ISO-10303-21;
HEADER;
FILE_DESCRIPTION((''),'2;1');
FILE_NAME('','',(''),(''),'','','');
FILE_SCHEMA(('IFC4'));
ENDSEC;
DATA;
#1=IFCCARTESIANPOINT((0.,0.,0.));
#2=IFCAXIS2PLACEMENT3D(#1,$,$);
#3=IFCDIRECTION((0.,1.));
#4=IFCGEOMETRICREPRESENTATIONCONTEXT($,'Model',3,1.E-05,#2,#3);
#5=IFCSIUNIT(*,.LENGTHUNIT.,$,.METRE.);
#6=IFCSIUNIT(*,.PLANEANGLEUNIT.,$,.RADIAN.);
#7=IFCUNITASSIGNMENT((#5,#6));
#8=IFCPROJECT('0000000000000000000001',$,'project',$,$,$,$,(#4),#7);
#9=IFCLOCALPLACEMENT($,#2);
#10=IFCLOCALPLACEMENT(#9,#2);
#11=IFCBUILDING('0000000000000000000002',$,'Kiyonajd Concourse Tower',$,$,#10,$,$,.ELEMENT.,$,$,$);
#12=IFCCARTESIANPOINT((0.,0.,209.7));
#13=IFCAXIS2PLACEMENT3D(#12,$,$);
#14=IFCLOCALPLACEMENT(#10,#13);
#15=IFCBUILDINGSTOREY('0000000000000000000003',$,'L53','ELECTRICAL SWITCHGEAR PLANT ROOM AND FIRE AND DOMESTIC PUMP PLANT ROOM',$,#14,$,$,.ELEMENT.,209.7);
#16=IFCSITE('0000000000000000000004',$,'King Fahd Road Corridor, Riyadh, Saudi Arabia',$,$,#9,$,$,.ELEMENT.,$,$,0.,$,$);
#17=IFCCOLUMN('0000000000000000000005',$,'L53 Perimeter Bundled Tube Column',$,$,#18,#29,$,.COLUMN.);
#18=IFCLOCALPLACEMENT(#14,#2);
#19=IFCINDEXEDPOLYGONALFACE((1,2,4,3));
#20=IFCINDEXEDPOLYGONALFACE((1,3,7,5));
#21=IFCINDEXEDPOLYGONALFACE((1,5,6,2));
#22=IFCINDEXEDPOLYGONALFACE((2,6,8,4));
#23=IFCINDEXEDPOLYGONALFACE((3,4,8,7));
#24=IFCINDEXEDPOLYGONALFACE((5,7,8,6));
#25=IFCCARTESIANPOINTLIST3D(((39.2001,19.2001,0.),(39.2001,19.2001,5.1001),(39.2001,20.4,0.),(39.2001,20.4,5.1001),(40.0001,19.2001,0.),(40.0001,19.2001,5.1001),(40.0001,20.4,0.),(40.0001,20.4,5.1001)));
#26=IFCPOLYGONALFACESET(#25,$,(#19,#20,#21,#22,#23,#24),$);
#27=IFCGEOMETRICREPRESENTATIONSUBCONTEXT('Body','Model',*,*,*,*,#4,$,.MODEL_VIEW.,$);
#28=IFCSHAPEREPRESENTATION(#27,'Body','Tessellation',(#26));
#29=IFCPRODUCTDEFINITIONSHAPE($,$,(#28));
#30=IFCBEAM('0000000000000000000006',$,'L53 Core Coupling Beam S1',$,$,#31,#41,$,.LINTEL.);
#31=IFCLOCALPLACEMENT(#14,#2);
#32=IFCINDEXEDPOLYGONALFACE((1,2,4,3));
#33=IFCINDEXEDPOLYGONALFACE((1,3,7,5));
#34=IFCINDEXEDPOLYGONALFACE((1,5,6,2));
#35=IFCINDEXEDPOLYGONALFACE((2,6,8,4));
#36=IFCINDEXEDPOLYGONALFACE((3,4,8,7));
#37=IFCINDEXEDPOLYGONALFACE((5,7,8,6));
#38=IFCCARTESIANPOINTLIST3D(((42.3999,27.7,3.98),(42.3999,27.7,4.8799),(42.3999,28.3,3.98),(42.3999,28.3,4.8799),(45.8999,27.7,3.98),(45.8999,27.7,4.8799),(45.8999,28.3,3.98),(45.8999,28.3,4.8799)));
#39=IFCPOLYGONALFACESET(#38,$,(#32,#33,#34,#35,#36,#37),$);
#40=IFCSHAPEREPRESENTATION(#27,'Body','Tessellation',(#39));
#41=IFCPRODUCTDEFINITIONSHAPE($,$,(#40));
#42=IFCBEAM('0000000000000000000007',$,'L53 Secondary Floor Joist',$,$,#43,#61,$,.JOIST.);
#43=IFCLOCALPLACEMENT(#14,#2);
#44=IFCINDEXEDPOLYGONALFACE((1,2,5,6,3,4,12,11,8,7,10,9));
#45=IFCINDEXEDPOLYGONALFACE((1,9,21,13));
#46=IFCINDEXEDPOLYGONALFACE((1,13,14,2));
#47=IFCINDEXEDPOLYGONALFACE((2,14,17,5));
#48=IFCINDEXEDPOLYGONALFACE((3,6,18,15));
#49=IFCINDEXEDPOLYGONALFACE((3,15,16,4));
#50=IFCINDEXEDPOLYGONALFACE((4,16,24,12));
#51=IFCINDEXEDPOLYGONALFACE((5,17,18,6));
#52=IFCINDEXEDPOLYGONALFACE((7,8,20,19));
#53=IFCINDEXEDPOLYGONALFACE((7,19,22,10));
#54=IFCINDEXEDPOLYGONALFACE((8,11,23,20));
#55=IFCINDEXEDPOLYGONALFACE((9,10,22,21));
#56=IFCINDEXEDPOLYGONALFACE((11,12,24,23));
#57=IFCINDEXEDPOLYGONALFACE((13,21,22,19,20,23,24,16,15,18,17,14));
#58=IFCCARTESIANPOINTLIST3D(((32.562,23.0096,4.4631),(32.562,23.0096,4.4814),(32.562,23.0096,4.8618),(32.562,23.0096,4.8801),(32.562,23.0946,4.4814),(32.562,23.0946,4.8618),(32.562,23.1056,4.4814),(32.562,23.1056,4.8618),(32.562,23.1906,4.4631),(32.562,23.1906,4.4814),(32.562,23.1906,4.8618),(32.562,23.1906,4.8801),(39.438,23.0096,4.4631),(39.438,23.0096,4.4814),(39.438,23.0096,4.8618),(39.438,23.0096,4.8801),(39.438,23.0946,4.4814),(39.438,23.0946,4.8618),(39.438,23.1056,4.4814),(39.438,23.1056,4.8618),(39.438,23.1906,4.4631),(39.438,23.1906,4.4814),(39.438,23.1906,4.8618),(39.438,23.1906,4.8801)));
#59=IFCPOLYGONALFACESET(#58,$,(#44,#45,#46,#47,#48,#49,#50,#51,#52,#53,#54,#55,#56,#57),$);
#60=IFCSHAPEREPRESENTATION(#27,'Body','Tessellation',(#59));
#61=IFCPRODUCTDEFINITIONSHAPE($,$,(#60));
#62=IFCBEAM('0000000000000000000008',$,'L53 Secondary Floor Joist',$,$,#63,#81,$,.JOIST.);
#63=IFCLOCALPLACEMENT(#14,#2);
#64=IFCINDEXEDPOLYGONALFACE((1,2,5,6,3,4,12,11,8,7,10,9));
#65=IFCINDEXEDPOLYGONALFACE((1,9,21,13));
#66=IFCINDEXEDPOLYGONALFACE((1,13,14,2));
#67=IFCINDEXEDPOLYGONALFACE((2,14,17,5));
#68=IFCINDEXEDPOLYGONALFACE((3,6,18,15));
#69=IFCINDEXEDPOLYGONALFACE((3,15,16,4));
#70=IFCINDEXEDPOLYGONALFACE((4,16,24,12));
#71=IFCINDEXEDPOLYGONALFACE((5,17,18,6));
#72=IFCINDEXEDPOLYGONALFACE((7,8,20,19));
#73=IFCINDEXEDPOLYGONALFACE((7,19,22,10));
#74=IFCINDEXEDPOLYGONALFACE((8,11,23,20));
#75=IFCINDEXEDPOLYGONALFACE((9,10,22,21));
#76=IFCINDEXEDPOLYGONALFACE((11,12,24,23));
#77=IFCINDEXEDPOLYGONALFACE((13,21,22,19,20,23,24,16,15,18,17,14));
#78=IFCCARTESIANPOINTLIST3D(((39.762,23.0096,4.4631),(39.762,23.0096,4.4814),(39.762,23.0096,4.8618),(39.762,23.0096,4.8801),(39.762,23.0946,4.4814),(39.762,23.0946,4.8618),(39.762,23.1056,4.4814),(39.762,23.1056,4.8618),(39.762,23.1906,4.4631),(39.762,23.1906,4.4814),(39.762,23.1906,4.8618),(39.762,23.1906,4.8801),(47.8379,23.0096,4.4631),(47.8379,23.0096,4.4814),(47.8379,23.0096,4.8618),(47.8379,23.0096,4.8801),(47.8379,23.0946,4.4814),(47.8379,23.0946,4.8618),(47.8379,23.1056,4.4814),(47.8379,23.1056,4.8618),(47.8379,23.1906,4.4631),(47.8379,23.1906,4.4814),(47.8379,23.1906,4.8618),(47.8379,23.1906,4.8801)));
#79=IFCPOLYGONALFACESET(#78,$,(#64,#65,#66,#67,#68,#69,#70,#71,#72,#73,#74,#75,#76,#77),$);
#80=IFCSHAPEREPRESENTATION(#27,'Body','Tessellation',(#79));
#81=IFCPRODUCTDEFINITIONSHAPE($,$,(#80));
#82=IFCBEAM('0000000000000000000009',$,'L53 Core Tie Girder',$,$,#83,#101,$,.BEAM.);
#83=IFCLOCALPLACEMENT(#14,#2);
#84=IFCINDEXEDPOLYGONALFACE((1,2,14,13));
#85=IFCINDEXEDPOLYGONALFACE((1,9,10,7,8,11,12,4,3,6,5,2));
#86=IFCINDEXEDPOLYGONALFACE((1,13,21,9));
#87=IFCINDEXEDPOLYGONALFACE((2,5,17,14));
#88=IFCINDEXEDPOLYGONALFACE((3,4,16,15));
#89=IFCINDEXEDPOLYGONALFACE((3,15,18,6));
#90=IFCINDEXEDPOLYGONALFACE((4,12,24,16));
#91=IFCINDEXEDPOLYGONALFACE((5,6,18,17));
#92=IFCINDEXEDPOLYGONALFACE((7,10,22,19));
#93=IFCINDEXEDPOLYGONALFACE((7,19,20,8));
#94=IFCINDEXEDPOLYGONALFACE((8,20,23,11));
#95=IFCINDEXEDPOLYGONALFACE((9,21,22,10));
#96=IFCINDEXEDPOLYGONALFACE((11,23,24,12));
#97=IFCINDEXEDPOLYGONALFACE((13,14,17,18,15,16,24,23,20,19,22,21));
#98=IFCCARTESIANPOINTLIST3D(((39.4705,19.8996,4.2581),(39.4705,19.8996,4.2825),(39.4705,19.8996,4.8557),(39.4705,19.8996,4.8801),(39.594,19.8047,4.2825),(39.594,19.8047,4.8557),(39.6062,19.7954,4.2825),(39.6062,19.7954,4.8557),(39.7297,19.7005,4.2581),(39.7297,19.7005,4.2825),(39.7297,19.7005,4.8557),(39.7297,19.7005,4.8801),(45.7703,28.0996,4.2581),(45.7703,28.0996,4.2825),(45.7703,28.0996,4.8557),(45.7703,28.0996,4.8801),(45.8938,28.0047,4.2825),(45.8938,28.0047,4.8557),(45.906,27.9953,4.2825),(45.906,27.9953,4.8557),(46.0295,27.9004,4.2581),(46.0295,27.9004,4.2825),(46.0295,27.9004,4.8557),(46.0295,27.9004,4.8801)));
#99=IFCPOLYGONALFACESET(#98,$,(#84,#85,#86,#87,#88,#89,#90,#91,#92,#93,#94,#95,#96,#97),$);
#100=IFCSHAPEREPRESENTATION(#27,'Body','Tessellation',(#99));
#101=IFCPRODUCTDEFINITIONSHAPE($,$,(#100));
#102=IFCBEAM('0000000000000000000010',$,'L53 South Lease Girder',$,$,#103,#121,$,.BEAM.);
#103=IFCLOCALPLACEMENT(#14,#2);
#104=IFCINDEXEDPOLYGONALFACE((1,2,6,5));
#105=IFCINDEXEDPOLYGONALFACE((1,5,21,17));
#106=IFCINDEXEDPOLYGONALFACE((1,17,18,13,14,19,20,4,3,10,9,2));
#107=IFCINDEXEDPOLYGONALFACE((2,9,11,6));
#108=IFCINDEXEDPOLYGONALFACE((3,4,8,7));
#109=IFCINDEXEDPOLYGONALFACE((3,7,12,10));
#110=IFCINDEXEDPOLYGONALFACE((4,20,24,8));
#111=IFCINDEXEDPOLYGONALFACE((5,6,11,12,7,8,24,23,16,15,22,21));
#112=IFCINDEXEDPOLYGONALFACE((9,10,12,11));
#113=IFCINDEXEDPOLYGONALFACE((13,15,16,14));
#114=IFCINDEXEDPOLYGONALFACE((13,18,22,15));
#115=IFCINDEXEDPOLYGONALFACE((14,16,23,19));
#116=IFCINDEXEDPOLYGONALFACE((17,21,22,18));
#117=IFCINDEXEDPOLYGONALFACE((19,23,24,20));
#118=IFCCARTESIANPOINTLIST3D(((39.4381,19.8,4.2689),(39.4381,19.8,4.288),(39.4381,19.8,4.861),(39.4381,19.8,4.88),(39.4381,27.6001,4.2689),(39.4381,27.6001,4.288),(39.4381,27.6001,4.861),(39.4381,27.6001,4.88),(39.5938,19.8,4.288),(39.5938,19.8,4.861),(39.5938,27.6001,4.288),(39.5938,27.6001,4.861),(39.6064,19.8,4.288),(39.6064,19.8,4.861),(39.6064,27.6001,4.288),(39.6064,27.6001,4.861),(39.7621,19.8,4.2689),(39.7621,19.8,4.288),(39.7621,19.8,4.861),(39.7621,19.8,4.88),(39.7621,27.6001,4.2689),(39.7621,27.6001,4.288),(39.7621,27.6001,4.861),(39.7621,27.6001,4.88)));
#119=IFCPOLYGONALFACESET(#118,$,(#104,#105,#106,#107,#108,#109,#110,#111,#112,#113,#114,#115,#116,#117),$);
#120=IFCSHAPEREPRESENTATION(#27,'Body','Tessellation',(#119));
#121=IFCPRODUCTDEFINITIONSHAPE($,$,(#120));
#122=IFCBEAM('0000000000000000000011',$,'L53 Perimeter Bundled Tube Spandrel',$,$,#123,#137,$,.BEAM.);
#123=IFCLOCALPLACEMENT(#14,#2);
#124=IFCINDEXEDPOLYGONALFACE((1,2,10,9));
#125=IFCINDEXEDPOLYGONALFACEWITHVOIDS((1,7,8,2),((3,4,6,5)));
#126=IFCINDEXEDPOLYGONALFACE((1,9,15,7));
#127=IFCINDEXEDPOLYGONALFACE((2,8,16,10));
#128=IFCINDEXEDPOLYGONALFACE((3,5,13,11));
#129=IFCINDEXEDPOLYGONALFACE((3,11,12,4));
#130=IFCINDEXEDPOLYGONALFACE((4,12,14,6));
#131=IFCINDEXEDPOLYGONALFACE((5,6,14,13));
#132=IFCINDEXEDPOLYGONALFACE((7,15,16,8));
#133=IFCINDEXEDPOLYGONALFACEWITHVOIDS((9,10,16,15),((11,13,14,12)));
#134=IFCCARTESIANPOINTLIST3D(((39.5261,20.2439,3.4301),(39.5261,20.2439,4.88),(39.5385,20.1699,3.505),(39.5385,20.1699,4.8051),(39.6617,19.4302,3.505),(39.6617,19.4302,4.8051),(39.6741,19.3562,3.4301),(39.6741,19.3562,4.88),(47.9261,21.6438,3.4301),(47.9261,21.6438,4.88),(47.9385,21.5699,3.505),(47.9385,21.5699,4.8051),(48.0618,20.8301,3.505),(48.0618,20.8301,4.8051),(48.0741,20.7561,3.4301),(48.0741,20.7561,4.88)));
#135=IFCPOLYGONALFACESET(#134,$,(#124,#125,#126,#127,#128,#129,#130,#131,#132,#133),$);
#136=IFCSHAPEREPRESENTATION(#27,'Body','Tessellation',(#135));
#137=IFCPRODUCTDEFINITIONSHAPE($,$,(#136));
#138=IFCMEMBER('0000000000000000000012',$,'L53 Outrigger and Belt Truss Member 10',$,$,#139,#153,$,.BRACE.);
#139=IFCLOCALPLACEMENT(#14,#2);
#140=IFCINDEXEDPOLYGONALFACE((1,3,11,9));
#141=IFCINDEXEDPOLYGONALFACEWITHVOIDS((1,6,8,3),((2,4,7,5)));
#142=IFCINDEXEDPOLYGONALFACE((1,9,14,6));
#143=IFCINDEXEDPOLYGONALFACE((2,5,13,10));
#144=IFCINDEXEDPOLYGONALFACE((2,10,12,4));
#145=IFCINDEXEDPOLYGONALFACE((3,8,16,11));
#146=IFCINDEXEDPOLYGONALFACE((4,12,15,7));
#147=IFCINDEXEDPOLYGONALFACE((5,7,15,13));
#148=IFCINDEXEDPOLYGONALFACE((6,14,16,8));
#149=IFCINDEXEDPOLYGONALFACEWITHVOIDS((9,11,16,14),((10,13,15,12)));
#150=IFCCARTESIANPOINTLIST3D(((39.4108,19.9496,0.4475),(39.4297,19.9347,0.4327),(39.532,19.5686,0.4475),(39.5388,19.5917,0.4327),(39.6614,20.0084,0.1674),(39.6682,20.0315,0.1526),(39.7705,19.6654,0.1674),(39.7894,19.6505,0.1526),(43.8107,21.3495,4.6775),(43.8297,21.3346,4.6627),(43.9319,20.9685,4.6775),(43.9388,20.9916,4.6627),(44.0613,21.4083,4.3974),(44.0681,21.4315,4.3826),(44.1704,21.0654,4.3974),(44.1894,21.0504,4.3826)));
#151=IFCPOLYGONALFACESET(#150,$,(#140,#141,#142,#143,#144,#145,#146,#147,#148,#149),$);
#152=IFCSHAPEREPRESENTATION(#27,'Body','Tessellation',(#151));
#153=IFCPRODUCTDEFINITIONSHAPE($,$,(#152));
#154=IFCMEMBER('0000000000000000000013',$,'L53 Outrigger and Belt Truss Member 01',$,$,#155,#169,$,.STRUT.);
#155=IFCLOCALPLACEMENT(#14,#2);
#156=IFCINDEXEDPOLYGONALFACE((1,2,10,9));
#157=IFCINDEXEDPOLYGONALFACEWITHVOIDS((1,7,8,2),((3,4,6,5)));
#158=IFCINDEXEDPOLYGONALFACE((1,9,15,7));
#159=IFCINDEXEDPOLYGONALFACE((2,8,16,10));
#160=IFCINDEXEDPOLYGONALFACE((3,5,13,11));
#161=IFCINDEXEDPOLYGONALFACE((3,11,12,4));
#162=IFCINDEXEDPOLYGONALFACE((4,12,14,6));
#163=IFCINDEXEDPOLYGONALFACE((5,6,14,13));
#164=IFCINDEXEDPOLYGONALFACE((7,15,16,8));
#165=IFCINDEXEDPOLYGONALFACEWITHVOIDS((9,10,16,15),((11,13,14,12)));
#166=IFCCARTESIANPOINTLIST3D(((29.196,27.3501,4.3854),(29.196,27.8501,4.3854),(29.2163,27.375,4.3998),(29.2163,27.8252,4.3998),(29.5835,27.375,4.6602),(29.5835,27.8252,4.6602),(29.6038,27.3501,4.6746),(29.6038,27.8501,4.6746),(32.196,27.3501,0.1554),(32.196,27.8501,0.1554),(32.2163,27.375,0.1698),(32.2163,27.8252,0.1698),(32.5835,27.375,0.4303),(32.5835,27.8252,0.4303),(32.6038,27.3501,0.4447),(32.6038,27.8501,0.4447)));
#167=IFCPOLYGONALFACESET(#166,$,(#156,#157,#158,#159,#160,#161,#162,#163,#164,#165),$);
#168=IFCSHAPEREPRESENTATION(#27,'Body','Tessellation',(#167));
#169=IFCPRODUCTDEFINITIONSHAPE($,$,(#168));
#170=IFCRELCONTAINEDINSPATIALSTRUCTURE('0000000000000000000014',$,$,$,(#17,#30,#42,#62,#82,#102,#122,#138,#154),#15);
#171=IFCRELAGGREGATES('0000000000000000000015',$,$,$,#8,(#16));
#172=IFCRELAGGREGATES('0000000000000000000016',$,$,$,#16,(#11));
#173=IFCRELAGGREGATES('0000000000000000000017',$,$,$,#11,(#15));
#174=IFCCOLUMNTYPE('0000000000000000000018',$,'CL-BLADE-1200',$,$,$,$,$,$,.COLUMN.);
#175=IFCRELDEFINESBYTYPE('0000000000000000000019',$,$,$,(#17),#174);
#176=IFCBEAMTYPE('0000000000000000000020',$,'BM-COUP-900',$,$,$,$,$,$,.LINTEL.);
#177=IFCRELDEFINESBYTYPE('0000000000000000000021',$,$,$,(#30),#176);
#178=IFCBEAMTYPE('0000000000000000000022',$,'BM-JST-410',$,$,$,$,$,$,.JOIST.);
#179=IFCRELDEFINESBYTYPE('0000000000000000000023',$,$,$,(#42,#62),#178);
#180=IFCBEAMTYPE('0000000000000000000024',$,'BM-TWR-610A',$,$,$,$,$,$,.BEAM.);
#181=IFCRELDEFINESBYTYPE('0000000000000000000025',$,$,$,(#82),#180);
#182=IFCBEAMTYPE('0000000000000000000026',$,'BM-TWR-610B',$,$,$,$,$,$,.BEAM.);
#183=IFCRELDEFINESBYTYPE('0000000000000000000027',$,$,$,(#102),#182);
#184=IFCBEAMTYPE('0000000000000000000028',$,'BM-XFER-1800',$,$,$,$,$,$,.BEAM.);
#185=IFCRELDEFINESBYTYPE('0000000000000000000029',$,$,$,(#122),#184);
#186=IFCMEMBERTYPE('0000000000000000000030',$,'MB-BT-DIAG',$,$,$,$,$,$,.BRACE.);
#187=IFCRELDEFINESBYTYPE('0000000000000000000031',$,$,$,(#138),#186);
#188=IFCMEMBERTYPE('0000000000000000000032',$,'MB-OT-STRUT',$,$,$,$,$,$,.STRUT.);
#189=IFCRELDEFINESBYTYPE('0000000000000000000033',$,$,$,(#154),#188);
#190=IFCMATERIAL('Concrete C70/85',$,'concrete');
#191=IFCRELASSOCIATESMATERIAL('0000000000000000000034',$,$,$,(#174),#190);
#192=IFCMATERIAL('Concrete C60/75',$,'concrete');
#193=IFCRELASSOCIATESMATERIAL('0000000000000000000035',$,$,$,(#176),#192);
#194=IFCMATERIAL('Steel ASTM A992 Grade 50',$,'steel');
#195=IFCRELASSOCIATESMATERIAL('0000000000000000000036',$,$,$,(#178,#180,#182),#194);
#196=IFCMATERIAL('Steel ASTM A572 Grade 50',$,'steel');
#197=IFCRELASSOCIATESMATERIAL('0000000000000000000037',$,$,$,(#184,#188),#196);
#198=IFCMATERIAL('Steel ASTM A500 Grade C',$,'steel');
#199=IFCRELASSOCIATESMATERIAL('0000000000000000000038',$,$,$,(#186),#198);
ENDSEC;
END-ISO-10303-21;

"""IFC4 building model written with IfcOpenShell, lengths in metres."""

from ifc_helpers import new_model, si_unit, direction, frame, origin, origin_2d, place, context, subcontext, project, spatial, rectangle, hollow_rectangle, i_section, extrude, material, material_profile, profile_set, type_object, element, save


model = new_model("IFC4")

# Units and contexts
model_context = context("Model", 3, precision=1e-05, world=origin(), true_north=direction((0.0, 1.0)))
body_context = subcontext(model_context, "Body", "Model", "MODEL_VIEW")
ifc_project = project(units=[si_unit("LENGTHUNIT", "METRE"), si_unit("PLANEANGLEUNIT", "RADIAN")], contexts=[model_context])

# Site, building, storey
site_placement = place(None, origin())
site = spatial("IfcSite", under=ifc_project, at=site_placement, Name="King Fahd Road Corridor, Riyadh, Saudi Arabia", CompositionType="ELEMENT", RefElevation=0.0)
building_placement = place(site_placement, origin())
building = spatial("IfcBuilding", under=site, at=building_placement, Name="Kiyonajd Concourse Tower", CompositionType="ELEMENT")
storey_placement = place(building_placement, frame((0.0, 0.0, 209.7)))
storey = spatial("IfcBuildingStorey", under=building, at=storey_placement, Name="L53", Description="ELECTRICAL SWITCHGEAR PLANT ROOM AND FIRE AND DOMESTIC PUMP PLANT ROOM", CompositionType="ELEMENT", Elevation=209.7)

# Column
ifc_material_1 = material(Name="Concrete C70/85", Category="concrete")
ifc_material_profile_1 = material_profile(ifc_material_1, rectangle(XDim=0.8, YDim=1.2, at=origin_2d()), Name="RC-1200x800")
ifc_profile_set_1 = profile_set([ifc_material_profile_1], Name="Concrete C70/85")
column_type = type_object("IfcColumnType", Name="CL-BLADE-1200", PredefinedType="COLUMN", material=ifc_profile_set_1)
column_placement = place(storey_placement, frame((39.6001, 19.8, 0.0), z_axis=(0.0, 0.0, 1.0), x_axis=(1.0, 0.0, 0.0)))
element("IfcColumn", 1, at=column_placement, inside=storey, type_object=column_type, Name="L53 Perimeter Bundled Tube Column", PredefinedType="COLUMN", context=body_context, shape_type="SweptSolid", body=[
    extrude(rectangle(XDim=0.8, YDim=1.2, at=origin_2d()), origin(), (0.0, 0.0, 1.0), 5.1001),
])

# Beams
ifc_material_2 = material(Name="Concrete C60/75", Category="concrete")
ifc_material_profile_2 = material_profile(ifc_material_2, rectangle(XDim=0.6001, YDim=0.8999, at=origin_2d()), Name="RCBM-600x900")
ifc_profile_set_2 = profile_set([ifc_material_profile_2], Name="Concrete C60/75")
beam_type_1 = type_object("IfcBeamType", Name="BM-COUP-900", PredefinedType="LINTEL", material=ifc_profile_set_2)
beam_1_placement = place(storey_placement, frame((42.3999, 28.0, 4.4299), z_axis=(1.0, 0.0, 0.0), x_axis=(0.0, 1.0, 0.0)))
element("IfcBeam", 2, at=beam_1_placement, inside=storey, type_object=beam_type_1, Name="L53 Core Coupling Beam S1", PredefinedType="LINTEL", context=body_context, shape_type="SweptSolid", body=[
    extrude(rectangle(XDim=0.6001, YDim=0.8999, at=origin_2d()), origin(), (0.0, 0.0, 1.0), 3.5),
])
ifc_material_3 = material(Name="Steel ASTM A992 Grade 50", Category="steel")
ifc_material_profile_3 = material_profile(ifc_material_3, i_section(OverallWidth=0.1809, OverallDepth=0.417, WebThickness=0.011, FlangeThickness=0.0183, at=origin_2d()), Name="W410X85")
ifc_profile_set_3 = profile_set([ifc_material_profile_3], Name="Steel ASTM A992 Grade 50")
beam_type_2 = type_object("IfcBeamType", Name="BM-JST-410", PredefinedType="JOIST", material=ifc_profile_set_3)
beam_2_placement = place(storey_placement, frame((32.562, 23.1001, 4.6716), z_axis=(1.0, 0.0, 0.0), x_axis=(0.0, 1.0, 0.0)))
element("IfcBeam", 3, at=beam_2_placement, inside=storey, type_object=beam_type_2, Name="L53 Secondary Floor Joist", PredefinedType="JOIST", context=body_context, shape_type="SweptSolid", body=[
    extrude(i_section(OverallWidth=0.1809, OverallDepth=0.417, WebThickness=0.011, FlangeThickness=0.0183, at=origin_2d()), origin(), (0.0, 0.0, 1.0), 6.876),
])
beam_3_placement = place(storey_placement, frame((39.762, 23.1001, 4.6716), z_axis=(1.0, 0.0, 0.0), x_axis=(0.0, 1.0, 0.0)))
element("IfcBeam", 4, at=beam_3_placement, inside=storey, type_object=beam_type_2, Name="L53 Secondary Floor Joist", PredefinedType="JOIST", context=body_context, shape_type="SweptSolid", body=[
    extrude(i_section(OverallWidth=0.1809, OverallDepth=0.417, WebThickness=0.011, FlangeThickness=0.0183, at=origin_2d()), origin(), (0.0, 0.0, 1.0), 8.0759),
])
ifc_material_profile_4 = material_profile(ifc_material_3, i_section(OverallWidth=0.3269, OverallDepth=0.6221, WebThickness=0.0154, FlangeThickness=0.0244, at=origin_2d()), Name="W610X195")
ifc_profile_set_4 = profile_set([ifc_material_profile_4], Name="Steel ASTM A992 Grade 50")
beam_type_3 = type_object("IfcBeamType", Name="BM-TWR-610A", PredefinedType="BEAM", material=ifc_profile_set_4)
beam_4_placement = place(storey_placement, frame((39.6001, 19.8, 4.5691), z_axis=(0.609234, 0.792991, 0.0), x_axis=(-0.792991, 0.609234, 0.0)))
element("IfcBeam", 5, at=beam_4_placement, inside=storey, type_object=beam_type_3, Name="L53 Core Tie Girder", PredefinedType="BEAM", context=body_context, shape_type="SweptSolid", body=[
    extrude(i_section(OverallWidth=0.3269, OverallDepth=0.6221, WebThickness=0.0154, FlangeThickness=0.0244, at=origin_2d()), origin(), (0.0, 0.0, 1.0), 10.3406),
])
ifc_material_profile_5 = material_profile(ifc_material_3, i_section(OverallWidth=0.324, OverallDepth=0.6111, WebThickness=0.0127, FlangeThickness=0.019, at=origin_2d()), Name="W610X155")
ifc_profile_set_5 = profile_set([ifc_material_profile_5], Name="Steel ASTM A992 Grade 50")
beam_type_4 = type_object("IfcBeamType", Name="BM-TWR-610B", PredefinedType="BEAM", material=ifc_profile_set_5)
beam_5_placement = place(storey_placement, frame((39.6001, 19.8, 4.5745), z_axis=(0.0, 1.0, 0.0), x_axis=(-1.0, 0.0, 0.0)))
element("IfcBeam", 6, at=beam_5_placement, inside=storey, type_object=beam_type_4, Name="L53 South Lease Girder", PredefinedType="BEAM", context=body_context, shape_type="SweptSolid", body=[
    extrude(i_section(OverallWidth=0.324, OverallDepth=0.6111, WebThickness=0.0127, FlangeThickness=0.019, at=origin_2d()), origin(), (0.0, 0.0, 1.0), 7.8),
])
ifc_material_4 = material(Name="Steel ASTM A572 Grade 50", Category="steel")
ifc_material_profile_6 = material_profile(ifc_material_4, hollow_rectangle(XDim=0.8999, YDim=1.45, WallThickness=0.075, at=origin_2d()), Name="BOX-1450x900x75")
ifc_profile_set_6 = profile_set([ifc_material_profile_6], Name="Steel ASTM A572 Grade 50")
beam_type_5 = type_object("IfcBeamType", Name="BM-XFER-1800", PredefinedType="BEAM", material=ifc_profile_set_6)
beam_6_placement = place(storey_placement, frame((39.6001, 19.8, 4.155), z_axis=(0.986395, 0.16439, 0.0), x_axis=(-0.16439, 0.986395, 0.0)))
element("IfcBeam", 7, at=beam_6_placement, inside=storey, type_object=beam_type_5, Name="L53 Perimeter Bundled Tube Spandrel", PredefinedType="BEAM", context=body_context, shape_type="SweptSolid", body=[
    extrude(hollow_rectangle(XDim=0.8999, YDim=1.45, WallThickness=0.075, at=origin_2d()), origin(), (0.0, 0.0, 1.0), 8.5159),
])

# Members
ifc_material_5 = material(Name="Steel ASTM A500 Grade C", Category="steel")
ifc_material_profile_7 = material_profile(ifc_material_5, hollow_rectangle(XDim=0.3999, YDim=0.3999, WallThickness=0.02, at=origin_2d()), Name="HSS-400x400x20")
ifc_profile_set_7 = profile_set([ifc_material_profile_7], Name="Steel ASTM A500 Grade C")
member_type_1 = type_object("IfcMemberType", Name="MB-BT-DIAG", PredefinedType="BRACE", material=ifc_profile_set_7)
member_1_placement = place(storey_placement, frame((39.6001, 19.8, 0.3), z_axis=(0.702645, 0.223558, 0.675509), x_axis=(-0.303191, 0.95293, 0.0)))
element("IfcMember", 8, at=member_1_placement, inside=storey, type_object=member_type_1, Name="L53 Outrigger and Belt Truss Member 10", PredefinedType="BRACE", context=body_context, shape_type="SweptSolid", body=[
    extrude(hollow_rectangle(XDim=0.3999, YDim=0.3999, WallThickness=0.02, at=origin_2d()), origin(), (0.0, 0.0, 1.0), 6.262),
])
ifc_material_profile_8 = material_profile(ifc_material_4, hollow_rectangle(XDim=0.5, YDim=0.5, WallThickness=0.0249, at=origin_2d()), Name="HSS-500x500x25")
ifc_profile_set_8 = profile_set([ifc_material_profile_8], Name="Steel ASTM A572 Grade 50")
member_type_2 = type_object("IfcMemberType", Name="MB-OT-STRUT", PredefinedType="STRUT", material=ifc_profile_set_8)
member_2_placement = place(storey_placement, frame((32.3999, 27.6001, 0.3), z_axis=(-0.578501, 0.0, 0.815682), x_axis=(0.0, -1.0, 0.0)))
element("IfcMember", 9, at=member_2_placement, inside=storey, type_object=member_type_2, Name="L53 Outrigger and Belt Truss Member 01", PredefinedType="STRUT", context=body_context, shape_type="SweptSolid", body=[
    extrude(hollow_rectangle(XDim=0.5, YDim=0.5, WallThickness=0.0249, at=origin_2d()), origin(), (0.0, 0.0, 1.0), 5.1858),
])

save(model, "model.ifc")
